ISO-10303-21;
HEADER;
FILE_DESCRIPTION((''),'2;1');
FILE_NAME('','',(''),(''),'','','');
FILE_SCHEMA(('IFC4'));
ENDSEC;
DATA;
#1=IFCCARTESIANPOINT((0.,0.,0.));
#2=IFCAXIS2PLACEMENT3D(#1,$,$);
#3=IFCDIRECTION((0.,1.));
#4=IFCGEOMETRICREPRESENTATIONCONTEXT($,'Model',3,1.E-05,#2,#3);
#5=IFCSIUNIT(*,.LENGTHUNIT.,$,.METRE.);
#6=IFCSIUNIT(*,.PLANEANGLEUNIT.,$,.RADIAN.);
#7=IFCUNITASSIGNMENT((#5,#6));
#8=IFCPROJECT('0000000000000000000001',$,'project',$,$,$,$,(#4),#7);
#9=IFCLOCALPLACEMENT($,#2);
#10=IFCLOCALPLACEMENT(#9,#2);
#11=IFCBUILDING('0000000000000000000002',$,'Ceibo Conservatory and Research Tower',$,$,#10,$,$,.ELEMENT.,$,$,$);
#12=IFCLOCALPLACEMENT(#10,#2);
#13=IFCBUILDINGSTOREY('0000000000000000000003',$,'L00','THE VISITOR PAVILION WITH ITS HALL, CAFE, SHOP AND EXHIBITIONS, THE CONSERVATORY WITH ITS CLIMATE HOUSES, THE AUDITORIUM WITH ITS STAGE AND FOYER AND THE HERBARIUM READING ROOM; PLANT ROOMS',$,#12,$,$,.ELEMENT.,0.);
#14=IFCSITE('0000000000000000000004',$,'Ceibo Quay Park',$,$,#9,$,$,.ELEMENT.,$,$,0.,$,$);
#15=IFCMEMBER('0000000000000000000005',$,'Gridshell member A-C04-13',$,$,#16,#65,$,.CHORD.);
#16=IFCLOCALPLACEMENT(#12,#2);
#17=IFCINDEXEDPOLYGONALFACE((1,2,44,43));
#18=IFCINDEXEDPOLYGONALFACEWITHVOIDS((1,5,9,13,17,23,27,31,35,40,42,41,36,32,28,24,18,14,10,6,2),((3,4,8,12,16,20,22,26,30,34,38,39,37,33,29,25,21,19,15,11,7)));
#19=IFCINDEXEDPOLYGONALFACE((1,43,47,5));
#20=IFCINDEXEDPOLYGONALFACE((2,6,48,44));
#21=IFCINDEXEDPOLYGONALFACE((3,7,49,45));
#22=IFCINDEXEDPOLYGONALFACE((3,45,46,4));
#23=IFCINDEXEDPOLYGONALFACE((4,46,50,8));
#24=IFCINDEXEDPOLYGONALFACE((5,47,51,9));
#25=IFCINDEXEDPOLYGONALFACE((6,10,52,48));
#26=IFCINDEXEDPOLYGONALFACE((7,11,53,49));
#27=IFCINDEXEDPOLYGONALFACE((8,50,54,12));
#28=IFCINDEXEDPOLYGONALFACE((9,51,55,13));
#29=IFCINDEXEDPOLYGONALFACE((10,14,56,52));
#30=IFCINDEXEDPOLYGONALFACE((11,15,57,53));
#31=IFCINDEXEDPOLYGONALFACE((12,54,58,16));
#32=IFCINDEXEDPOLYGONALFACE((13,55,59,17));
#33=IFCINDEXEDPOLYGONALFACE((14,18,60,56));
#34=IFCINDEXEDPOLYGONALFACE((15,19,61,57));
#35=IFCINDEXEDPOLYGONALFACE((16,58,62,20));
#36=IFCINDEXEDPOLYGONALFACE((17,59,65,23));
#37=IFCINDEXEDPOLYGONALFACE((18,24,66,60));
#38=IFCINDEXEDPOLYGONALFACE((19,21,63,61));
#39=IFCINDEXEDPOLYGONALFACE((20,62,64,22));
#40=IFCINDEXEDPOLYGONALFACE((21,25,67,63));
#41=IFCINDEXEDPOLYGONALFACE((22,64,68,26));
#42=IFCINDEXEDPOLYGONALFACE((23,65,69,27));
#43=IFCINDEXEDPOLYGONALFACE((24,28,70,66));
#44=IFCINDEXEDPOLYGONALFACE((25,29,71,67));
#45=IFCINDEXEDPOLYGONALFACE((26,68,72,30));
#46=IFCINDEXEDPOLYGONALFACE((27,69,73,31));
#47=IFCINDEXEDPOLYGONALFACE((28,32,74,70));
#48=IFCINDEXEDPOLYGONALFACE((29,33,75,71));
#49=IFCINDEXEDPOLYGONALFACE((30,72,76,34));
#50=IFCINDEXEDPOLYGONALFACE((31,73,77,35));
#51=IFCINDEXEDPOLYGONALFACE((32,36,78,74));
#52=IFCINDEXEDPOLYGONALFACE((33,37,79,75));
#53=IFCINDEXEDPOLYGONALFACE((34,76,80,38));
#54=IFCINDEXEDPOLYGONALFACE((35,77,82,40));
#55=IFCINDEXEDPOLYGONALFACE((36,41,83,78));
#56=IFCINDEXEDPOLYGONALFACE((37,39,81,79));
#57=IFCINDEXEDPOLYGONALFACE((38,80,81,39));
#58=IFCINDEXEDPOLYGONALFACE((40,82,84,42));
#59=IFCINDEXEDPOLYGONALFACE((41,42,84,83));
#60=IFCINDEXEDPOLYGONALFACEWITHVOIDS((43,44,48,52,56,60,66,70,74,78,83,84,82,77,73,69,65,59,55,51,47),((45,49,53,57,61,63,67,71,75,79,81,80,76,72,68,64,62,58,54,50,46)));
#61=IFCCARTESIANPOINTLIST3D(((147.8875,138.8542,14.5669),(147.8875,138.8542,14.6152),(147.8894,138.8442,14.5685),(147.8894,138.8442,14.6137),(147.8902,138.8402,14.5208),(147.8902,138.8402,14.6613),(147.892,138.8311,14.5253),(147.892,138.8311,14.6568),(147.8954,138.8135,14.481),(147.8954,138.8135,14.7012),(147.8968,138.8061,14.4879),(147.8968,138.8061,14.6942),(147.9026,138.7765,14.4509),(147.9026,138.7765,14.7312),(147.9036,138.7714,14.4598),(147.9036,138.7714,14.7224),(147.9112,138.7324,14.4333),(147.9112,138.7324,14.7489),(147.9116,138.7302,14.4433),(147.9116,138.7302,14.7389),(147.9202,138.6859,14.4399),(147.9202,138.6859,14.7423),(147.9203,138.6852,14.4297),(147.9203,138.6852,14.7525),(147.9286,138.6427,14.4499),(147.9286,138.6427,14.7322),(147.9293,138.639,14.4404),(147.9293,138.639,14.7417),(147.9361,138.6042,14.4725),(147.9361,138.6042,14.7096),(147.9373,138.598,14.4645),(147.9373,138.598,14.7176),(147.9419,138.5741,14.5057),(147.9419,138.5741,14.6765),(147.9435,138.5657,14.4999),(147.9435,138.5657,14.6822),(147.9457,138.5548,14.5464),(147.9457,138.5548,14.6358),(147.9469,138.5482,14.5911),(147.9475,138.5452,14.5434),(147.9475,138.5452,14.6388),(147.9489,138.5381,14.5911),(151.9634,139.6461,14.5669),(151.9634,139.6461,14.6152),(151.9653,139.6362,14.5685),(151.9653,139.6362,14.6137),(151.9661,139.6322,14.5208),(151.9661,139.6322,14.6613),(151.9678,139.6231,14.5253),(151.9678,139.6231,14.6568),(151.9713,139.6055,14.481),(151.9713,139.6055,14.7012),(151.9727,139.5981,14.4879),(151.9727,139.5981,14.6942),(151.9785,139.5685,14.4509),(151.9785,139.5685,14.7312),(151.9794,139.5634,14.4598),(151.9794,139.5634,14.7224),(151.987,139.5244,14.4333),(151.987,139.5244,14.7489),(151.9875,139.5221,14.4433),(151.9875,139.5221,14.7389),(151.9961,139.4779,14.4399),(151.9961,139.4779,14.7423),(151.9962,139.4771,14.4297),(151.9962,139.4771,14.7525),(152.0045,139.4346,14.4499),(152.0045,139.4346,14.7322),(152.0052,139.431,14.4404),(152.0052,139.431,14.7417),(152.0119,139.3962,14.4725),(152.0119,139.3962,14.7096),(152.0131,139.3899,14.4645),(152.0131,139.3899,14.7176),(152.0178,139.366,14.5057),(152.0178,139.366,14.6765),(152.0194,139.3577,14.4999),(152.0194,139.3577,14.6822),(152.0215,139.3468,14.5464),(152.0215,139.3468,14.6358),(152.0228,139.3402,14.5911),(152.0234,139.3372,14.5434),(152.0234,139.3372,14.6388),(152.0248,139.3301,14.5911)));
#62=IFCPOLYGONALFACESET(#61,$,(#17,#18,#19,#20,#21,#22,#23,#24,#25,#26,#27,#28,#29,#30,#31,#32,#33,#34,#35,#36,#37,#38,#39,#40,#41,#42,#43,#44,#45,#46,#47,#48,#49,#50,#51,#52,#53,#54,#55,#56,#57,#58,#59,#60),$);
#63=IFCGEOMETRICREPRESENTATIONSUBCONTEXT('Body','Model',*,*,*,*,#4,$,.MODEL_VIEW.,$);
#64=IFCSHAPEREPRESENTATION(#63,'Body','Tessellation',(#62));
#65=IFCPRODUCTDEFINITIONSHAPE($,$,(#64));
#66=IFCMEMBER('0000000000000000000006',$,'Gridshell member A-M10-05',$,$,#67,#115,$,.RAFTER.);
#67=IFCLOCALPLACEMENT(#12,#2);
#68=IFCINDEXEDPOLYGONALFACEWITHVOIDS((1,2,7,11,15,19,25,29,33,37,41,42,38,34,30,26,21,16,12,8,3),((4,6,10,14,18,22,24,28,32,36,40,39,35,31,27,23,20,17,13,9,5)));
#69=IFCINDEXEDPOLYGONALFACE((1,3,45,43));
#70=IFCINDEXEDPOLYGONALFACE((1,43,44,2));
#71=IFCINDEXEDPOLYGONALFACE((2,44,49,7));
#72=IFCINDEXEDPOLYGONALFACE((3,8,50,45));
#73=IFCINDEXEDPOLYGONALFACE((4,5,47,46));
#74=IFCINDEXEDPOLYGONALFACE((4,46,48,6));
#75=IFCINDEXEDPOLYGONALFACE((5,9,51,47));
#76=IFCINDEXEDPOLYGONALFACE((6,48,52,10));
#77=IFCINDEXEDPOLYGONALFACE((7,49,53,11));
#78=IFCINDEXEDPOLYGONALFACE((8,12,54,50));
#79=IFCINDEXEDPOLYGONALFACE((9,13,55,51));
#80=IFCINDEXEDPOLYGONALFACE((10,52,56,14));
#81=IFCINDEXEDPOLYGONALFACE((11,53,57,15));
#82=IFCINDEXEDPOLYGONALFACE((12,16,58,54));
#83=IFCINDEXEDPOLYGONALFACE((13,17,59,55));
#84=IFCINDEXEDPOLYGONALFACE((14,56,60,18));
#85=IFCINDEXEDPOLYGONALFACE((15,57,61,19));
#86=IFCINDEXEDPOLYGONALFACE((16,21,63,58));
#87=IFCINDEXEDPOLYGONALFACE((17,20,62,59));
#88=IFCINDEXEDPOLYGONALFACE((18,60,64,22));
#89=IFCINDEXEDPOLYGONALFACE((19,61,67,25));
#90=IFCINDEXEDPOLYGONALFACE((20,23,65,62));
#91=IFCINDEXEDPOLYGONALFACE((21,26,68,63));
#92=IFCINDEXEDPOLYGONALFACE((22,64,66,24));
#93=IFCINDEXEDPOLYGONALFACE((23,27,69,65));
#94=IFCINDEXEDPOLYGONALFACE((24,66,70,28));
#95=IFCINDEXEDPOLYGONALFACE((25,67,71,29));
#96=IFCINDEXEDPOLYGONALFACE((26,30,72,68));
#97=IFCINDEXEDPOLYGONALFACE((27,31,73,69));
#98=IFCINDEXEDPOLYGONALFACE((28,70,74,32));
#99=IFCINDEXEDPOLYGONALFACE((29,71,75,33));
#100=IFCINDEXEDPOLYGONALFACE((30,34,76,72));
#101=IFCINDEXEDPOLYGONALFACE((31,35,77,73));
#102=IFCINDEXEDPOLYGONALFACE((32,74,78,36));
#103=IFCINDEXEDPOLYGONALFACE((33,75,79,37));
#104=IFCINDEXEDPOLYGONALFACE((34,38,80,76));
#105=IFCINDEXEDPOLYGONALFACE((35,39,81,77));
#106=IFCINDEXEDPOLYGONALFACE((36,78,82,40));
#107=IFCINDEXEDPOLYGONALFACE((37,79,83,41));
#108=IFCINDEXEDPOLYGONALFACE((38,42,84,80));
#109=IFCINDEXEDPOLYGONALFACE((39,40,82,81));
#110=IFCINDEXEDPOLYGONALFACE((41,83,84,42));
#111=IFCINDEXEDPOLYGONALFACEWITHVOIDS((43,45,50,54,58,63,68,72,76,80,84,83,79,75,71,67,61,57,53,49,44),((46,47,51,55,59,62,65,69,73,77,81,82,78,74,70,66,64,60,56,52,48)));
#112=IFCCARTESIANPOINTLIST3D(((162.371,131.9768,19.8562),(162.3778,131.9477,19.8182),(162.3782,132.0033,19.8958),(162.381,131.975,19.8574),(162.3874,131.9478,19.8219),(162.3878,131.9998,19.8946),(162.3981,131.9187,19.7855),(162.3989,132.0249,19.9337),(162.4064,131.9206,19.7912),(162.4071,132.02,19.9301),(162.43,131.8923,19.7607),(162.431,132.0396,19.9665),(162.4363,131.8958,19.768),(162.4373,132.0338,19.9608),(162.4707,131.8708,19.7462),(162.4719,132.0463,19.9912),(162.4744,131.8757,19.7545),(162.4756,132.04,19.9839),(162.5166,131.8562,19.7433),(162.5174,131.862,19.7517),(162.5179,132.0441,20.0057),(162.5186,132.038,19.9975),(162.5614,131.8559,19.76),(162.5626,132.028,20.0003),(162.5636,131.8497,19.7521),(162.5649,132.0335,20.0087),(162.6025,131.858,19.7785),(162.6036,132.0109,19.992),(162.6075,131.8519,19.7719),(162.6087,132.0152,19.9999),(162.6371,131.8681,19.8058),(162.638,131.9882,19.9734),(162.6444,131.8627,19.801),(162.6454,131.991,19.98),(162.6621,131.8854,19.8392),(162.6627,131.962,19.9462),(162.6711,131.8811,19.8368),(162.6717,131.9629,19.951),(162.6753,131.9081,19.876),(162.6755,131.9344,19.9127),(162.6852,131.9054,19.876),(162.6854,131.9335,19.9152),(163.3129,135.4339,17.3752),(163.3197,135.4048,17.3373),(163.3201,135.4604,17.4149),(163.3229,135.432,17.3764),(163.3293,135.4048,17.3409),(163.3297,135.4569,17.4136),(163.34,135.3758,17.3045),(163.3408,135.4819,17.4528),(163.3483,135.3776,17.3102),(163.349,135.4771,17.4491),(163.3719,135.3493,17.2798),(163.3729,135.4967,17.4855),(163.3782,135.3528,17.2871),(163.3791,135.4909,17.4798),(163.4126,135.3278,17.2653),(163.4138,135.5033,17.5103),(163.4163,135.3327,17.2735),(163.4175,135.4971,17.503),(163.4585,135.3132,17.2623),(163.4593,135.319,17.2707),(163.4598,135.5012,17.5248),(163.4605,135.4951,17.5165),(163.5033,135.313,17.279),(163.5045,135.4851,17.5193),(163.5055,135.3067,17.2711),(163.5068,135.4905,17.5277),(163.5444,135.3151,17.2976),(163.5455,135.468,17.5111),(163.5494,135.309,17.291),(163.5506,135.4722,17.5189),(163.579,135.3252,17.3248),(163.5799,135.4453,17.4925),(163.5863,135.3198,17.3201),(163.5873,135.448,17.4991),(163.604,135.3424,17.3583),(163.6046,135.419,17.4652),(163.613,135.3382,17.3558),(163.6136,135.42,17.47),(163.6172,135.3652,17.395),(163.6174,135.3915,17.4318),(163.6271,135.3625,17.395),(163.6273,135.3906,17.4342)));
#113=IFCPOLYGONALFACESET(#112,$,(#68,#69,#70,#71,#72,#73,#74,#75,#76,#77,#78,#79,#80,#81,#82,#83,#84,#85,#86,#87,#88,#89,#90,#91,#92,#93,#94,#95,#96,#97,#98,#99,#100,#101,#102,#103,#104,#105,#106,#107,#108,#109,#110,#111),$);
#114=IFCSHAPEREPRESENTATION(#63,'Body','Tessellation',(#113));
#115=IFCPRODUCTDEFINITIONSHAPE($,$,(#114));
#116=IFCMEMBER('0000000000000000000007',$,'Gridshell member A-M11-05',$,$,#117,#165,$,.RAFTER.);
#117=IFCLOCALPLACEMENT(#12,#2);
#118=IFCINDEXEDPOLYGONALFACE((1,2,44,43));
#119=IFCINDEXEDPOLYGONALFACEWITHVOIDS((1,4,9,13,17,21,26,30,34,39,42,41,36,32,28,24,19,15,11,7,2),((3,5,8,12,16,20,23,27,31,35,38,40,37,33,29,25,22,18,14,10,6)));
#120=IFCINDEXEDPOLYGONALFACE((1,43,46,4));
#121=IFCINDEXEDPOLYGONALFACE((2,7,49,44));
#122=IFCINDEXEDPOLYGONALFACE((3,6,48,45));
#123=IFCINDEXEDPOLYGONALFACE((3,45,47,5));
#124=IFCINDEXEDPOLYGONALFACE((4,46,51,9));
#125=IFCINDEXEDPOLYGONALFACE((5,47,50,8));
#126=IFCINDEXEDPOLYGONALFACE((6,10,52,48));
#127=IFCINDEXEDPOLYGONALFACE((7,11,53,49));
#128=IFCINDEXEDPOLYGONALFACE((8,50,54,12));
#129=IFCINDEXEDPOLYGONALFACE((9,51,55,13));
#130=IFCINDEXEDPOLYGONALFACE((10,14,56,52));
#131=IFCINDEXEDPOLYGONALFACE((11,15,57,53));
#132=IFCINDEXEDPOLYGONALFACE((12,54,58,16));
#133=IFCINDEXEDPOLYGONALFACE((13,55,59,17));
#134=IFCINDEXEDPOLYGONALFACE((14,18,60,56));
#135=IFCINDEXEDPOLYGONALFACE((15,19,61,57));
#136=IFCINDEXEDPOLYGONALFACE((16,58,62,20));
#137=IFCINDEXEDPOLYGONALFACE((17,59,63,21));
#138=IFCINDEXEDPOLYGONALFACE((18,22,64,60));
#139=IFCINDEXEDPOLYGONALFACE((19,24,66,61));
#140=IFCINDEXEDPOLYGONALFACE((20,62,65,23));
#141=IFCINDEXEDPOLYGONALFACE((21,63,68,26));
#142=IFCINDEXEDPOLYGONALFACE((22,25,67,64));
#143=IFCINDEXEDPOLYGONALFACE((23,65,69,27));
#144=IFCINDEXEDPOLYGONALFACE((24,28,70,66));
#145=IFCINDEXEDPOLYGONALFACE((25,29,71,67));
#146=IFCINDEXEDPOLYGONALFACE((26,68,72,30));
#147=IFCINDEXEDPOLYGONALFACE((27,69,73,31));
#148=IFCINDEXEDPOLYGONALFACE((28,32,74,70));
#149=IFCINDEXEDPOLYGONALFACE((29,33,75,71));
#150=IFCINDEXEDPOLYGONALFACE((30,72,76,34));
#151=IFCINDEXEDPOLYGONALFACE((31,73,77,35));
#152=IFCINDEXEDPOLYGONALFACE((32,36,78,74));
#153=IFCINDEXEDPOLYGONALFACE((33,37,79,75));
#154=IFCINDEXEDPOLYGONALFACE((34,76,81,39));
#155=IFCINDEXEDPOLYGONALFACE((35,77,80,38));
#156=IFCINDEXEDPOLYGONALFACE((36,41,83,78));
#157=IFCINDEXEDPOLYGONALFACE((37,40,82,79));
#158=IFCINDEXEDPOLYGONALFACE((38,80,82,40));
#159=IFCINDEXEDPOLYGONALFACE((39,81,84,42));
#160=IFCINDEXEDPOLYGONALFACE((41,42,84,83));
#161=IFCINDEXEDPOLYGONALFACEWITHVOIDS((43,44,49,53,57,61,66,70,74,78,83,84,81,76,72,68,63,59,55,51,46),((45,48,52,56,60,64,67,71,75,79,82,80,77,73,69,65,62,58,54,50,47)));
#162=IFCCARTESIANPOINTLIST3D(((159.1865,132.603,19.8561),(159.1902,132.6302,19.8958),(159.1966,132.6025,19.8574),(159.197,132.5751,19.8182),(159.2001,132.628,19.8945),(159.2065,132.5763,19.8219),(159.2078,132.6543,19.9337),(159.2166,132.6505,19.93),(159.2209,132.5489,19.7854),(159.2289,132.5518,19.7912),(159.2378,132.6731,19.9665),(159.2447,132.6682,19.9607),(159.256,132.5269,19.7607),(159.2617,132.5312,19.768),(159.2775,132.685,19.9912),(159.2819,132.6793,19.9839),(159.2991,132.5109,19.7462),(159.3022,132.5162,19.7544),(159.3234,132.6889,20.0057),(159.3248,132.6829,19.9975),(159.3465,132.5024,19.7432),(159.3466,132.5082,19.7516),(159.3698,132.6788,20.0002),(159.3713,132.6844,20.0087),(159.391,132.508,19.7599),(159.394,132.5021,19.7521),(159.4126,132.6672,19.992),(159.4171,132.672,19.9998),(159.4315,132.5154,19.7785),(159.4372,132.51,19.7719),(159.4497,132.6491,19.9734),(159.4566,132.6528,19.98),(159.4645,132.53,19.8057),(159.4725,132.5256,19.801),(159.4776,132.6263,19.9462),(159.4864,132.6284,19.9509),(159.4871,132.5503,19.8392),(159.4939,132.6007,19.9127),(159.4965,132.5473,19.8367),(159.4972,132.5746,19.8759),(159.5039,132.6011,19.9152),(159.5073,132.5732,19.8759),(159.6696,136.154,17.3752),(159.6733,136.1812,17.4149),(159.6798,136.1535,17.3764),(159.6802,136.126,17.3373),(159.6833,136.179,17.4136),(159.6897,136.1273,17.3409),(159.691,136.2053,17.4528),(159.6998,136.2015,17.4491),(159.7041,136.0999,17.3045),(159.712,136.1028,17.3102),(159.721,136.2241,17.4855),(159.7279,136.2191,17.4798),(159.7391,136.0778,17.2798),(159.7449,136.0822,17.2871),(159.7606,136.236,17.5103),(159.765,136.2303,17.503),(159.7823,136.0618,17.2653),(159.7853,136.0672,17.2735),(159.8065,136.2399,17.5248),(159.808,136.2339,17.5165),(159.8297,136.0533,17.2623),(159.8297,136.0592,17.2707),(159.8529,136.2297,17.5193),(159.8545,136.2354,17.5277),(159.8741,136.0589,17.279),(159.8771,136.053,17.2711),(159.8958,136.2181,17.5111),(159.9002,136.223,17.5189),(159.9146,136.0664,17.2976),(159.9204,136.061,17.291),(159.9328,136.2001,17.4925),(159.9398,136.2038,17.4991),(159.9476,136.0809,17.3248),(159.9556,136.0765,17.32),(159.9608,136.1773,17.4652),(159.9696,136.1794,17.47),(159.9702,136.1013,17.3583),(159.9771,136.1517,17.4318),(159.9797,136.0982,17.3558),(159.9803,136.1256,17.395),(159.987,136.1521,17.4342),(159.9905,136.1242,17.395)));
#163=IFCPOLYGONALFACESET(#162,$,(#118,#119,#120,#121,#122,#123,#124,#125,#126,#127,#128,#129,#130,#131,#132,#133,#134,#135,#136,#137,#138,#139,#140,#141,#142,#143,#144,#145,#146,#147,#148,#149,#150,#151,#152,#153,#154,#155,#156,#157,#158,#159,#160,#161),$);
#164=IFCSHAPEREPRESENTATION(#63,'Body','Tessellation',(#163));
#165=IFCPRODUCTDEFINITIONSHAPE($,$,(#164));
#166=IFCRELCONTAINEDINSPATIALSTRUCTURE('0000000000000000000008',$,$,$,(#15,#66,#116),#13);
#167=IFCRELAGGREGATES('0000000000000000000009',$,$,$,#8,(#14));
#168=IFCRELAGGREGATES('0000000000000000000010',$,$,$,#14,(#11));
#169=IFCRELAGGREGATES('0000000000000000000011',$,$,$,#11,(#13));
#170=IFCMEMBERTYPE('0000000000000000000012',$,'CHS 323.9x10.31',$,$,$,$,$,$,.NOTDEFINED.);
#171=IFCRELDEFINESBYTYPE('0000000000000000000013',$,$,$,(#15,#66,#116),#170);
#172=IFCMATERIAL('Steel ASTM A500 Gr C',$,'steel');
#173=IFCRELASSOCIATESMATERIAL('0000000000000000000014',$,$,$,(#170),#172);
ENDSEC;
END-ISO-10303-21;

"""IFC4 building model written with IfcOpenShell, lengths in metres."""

from ifc_helpers import new_model, si_unit, direction, frame, origin, origin_2d, place, context, subcontext, project, spatial, hollow_circle, extrude, material, material_profile, profile_set, type_object, element, save


model = new_model("IFC4")

# Units and contexts
model_context = context("Model", 3, precision=1e-05, world=origin(), true_north=direction((0.0, 1.0)))
body_context = subcontext(model_context, "Body", "Model", "MODEL_VIEW")
ifc_project = project(units=[si_unit("LENGTHUNIT", "METRE"), si_unit("PLANEANGLEUNIT", "RADIAN")], contexts=[model_context])

# Site, building, storey
site_placement = place(None, origin())
site = spatial("IfcSite", under=ifc_project, at=site_placement, Name="Ceibo Quay Park", CompositionType="ELEMENT", RefElevation=0.0)
building_placement = place(site_placement, origin())
building = spatial("IfcBuilding", under=site, at=building_placement, Name="Ceibo Conservatory and Research Tower", CompositionType="ELEMENT")
storey_placement = place(building_placement, origin())
storey = spatial("IfcBuildingStorey", under=building, at=storey_placement, Name="L00", Description="THE VISITOR PAVILION WITH ITS HALL, CAFE, SHOP AND EXHIBITIONS, THE CONSERVATORY WITH ITS CLIMATE HOUSES, THE AUDITORIUM WITH ITS STAGE AND FOYER AND THE HERBARIUM READING ROOM; PLANT ROOMS", CompositionType="ELEMENT", Elevation=0.0)

# Members
ifc_material_1 = material(Name="Steel ASTM A500 Gr C", Category="steel")
ifc_material_profile_1 = material_profile(ifc_material_1, hollow_circle(Radius=0.1619, WallThickness=0.0103, at=origin_2d()), Name="CHS 323.9x10.31")
ifc_profile_set_1 = profile_set([ifc_material_profile_1], Name="Steel ASTM A500 Gr C")
member_type_1 = type_object("IfcMemberType", Name="CHS 323.9x10.31", PredefinedType="NOTDEFINED", material=ifc_profile_set_1)
member_1_placement = place(storey_placement, frame((151.9939, 139.489, 14.5911), z_axis=(-0.98164, -0.190742, 0.0), x_axis=(0.190742, -0.98164, 0.0)))
element("IfcMember", 1, at=member_1_placement, inside=storey, type_object=member_type_1, Name="Gridshell member A-C04-13", PredefinedType="CHORD", context=body_context, shape_type="SweptSolid", body=[
    extrude(hollow_circle(Radius=0.1619, WallThickness=0.0103, at=origin_2d()), origin(), (0.0, 0.0, 1.0), 4.1521),
])
member_2_placement = place(storey_placement, frame((163.4709, 135.405, 17.395), z_axis=(-0.216123, -0.793236, 0.56927), x_axis=(0.96483, -0.262875, 0.0)))
element("IfcMember", 2, at=member_2_placement, inside=storey, type_object=member_type_1, Name="Gridshell member A-M10-05", PredefinedType="RAFTER", context=body_context, shape_type="SweptSolid", body=[
    extrude(hollow_circle(Radius=0.1619, WallThickness=0.0103, at=origin_2d()), origin(), (0.0, 0.0, 1.0), 4.3582),
])
member_3_placement = place(storey_placement, frame((159.8301, 136.146, 17.395), z_axis=(-0.110848, -0.814696, 0.569195), x_axis=(0.99087, -0.134818, 0.0)))
element("IfcMember", 3, at=member_3_placement, inside=storey, type_object=member_type_1, Name="Gridshell member A-M11-05", PredefinedType="RAFTER", context=body_context, shape_type="SweptSolid", body=[
    extrude(hollow_circle(Radius=0.1619, WallThickness=0.0103, at=origin_2d()), origin(), (0.0, 0.0, 1.0), 4.3586),
])

save(model, "model.ifc")
